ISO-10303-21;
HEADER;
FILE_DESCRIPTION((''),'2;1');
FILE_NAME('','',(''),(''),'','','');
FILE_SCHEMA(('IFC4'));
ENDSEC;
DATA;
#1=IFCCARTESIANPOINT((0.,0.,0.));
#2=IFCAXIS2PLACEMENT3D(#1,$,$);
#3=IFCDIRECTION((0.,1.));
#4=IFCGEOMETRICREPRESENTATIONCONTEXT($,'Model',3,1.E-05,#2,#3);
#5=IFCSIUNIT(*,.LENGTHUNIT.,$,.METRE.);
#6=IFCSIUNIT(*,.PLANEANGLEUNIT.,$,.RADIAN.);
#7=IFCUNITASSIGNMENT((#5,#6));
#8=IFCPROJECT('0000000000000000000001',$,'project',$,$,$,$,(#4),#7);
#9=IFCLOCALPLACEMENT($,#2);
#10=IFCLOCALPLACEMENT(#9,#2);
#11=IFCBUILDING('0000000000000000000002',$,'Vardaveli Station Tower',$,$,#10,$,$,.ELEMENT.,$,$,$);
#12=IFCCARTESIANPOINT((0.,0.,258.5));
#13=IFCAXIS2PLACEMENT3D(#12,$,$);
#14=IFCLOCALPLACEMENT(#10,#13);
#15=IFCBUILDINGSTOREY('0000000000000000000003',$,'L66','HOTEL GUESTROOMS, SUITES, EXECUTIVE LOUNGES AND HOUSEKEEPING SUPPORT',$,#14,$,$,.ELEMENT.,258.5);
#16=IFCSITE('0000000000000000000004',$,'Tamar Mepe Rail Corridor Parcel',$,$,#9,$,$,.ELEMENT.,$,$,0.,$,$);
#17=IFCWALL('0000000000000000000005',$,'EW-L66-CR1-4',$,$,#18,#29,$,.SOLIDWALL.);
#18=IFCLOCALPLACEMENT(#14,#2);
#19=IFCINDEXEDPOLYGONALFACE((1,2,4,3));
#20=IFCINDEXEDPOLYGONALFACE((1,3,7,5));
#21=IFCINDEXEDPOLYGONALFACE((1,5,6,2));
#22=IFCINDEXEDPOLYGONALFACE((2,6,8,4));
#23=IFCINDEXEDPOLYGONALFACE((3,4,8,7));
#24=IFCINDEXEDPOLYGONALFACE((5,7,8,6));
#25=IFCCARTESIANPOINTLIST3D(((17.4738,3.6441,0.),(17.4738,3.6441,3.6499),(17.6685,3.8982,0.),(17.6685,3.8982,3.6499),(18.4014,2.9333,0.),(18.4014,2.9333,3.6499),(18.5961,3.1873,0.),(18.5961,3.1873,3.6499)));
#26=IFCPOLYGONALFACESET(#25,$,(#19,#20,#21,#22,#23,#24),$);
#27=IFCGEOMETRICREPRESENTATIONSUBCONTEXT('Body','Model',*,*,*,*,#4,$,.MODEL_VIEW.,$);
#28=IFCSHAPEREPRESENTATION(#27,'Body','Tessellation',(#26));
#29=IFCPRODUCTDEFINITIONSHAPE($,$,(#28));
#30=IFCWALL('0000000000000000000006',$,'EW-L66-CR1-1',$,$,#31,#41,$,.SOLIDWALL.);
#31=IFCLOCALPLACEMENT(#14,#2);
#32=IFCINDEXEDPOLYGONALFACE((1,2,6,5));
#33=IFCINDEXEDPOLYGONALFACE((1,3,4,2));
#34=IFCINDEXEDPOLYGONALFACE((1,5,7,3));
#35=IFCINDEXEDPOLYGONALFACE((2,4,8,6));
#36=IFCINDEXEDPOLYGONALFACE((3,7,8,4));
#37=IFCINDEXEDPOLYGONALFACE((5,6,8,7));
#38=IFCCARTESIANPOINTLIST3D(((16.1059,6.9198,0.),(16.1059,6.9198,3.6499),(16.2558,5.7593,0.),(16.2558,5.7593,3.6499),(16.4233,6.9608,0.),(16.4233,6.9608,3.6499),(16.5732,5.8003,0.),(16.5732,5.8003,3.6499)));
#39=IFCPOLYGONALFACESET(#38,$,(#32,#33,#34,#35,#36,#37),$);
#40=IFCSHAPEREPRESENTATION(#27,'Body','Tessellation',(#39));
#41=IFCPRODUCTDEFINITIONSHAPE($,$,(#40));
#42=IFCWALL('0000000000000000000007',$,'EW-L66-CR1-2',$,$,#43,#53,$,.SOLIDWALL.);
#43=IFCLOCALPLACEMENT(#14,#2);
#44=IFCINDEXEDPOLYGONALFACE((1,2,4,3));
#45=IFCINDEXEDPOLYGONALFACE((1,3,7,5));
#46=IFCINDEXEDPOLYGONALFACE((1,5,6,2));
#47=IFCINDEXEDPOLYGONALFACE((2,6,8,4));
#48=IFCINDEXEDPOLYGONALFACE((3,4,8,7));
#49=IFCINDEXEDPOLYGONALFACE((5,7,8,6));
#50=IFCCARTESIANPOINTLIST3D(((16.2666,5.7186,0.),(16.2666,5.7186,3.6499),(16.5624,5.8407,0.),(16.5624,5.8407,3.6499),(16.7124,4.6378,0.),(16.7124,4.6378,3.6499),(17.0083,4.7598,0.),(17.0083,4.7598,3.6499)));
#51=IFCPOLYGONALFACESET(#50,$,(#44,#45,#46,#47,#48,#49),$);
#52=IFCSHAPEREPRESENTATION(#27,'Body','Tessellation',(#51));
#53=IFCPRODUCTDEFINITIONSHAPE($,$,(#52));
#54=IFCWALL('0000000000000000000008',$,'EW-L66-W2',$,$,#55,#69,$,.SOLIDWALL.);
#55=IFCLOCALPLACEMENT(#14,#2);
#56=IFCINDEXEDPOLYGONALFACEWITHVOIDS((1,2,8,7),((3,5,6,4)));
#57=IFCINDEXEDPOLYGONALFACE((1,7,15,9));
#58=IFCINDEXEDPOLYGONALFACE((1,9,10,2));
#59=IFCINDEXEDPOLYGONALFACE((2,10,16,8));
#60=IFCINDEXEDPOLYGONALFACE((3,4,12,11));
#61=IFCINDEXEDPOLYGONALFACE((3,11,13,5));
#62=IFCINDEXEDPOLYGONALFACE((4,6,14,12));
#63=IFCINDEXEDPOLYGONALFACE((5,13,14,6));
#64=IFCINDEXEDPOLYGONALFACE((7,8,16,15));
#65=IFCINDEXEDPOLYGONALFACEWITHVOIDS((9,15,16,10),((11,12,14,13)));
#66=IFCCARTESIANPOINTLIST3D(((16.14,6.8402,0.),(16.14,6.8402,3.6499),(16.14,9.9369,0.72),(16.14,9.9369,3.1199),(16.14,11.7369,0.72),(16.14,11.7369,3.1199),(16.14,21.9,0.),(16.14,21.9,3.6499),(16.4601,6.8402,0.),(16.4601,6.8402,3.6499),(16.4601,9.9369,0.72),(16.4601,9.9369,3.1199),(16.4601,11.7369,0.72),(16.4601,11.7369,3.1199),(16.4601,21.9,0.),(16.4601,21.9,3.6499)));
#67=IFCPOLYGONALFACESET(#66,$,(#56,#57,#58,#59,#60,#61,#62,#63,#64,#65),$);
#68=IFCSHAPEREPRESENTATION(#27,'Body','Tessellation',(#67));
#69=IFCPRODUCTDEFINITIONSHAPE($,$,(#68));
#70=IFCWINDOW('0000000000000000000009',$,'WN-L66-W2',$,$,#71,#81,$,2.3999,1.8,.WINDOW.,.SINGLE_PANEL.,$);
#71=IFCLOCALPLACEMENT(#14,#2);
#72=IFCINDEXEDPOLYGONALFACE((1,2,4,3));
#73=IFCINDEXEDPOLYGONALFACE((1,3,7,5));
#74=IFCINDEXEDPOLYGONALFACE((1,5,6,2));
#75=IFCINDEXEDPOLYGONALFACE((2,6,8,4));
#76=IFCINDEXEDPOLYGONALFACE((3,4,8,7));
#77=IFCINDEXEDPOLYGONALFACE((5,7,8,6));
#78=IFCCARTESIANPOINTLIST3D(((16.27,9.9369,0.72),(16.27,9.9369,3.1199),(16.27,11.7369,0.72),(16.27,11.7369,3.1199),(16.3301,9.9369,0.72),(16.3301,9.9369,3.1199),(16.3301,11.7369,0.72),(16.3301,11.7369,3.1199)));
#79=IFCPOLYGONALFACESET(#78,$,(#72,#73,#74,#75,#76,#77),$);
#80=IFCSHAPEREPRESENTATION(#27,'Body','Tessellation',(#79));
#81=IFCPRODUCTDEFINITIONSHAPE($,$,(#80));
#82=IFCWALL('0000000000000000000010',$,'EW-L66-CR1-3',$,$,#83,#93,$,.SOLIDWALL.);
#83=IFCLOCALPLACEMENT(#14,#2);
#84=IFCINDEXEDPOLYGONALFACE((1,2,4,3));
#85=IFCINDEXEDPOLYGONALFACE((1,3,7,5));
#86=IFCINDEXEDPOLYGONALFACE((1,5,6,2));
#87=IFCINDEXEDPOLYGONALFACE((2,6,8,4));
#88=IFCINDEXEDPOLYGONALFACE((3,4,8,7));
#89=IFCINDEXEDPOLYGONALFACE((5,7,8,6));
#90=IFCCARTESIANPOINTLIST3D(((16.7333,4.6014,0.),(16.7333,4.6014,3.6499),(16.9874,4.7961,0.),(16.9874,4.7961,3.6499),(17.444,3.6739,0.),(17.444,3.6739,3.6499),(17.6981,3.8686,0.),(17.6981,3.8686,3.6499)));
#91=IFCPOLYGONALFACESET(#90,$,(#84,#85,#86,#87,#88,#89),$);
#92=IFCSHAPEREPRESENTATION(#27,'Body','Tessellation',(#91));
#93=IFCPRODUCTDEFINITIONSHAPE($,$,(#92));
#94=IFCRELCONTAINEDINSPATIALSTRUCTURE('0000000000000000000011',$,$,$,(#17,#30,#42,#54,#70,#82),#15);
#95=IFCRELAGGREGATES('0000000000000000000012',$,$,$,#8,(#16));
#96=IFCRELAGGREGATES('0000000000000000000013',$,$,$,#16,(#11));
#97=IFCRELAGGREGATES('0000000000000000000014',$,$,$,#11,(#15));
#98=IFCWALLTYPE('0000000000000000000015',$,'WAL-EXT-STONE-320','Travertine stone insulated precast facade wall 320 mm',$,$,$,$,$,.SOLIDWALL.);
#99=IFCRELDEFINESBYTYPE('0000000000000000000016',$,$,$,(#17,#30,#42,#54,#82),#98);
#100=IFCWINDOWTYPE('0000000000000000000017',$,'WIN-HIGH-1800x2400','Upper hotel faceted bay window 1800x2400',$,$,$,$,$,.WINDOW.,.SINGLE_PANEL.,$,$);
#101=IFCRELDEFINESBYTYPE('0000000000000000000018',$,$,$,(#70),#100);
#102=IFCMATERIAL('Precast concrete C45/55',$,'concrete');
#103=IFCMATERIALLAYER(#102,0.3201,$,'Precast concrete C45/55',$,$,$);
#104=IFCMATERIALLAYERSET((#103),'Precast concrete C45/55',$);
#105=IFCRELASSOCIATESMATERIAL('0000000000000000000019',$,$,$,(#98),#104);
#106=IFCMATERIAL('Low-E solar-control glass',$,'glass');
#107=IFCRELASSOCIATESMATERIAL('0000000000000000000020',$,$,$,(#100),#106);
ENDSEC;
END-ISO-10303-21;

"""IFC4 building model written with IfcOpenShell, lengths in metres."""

from ifc_helpers import new_model, si_unit, direction, frame, frame_2d, origin, place, context, subcontext, project, spatial, rectangle, extrude, source, transform, mapped, material, layer, layer_set, type_object, element, fill, save


model = new_model("IFC4")

# Units and contexts
model_context = context("Model", 3, precision=1e-05, world=origin(), true_north=direction((0.0, 1.0)))
body_context = subcontext(model_context, "Body", "Model", "MODEL_VIEW")
ifc_project = project(units=[si_unit("LENGTHUNIT", "METRE"), si_unit("PLANEANGLEUNIT", "RADIAN")], contexts=[model_context])

# Site, building, storey
site_placement = place(None, origin())
site = spatial("IfcSite", under=ifc_project, at=site_placement, Name="Tamar Mepe Rail Corridor Parcel", CompositionType="ELEMENT", RefElevation=0.0)
building_placement = place(site_placement, origin())
building = spatial("IfcBuilding", under=site, at=building_placement, Name="Vardaveli Station Tower", CompositionType="ELEMENT")
storey_placement = place(building_placement, frame((0.0, 0.0, 258.5)))
storey = spatial("IfcBuildingStorey", under=building, at=storey_placement, Name="L66", Description="HOTEL GUESTROOMS, SUITES, EXECUTIVE LOUNGES AND HOUSEKEEPING SUPPORT", CompositionType="ELEMENT", Elevation=258.5)

# Shared definitions
ifc_material_1 = material(Name="Precast concrete C45/55", Category="concrete")

# Walls
ifc_layer_1 = layer(ifc_material_1, 0.3201, Name="Precast concrete C45/55")
ifc_layer_set_1 = layer_set([ifc_layer_1], Name="Precast concrete C45/55")
wall_type_1 = type_object("IfcWallType", Name="WAL-EXT-STONE-320", Description="Travertine stone insulated precast facade wall 320 mm", PredefinedType="SOLIDWALL", material=ifc_layer_set_1)
shared_shape_1 = source(origin(), body_context, "Body", "SweptSolid", [
    extrude(rectangle(XDim=1.1687, YDim=0.3201, at=frame_2d((0.5845, 0.0))), origin(), (0.0, 0.0, 1.0), 3.6499),
])
wall_1_placement = place(storey_placement, frame((17.571, 3.7712, 0.0), z_axis=(0.0, 0.0, 1.0), x_axis=(0.793741, -0.608256, 0.0)))
element("IfcWall", 1, at=wall_1_placement, inside=storey, type_object=wall_type_1, Name="EW-L66-CR1-4", PredefinedType="SOLIDWALL", context=body_context, shape_type="MappedRepresentation", body=[
    mapped(shared_shape_1, transform((0.0, 0.0, 0.0), scale=1.0)),
])
shared_shape_2 = source(origin(), body_context, "Body", "SweptSolid", [
    extrude(rectangle(XDim=1.1702, YDim=0.3201, at=frame_2d((0.585, 0.0))), origin(), (0.0, 0.0, 1.0), 3.6499),
])
wall_2_placement = place(storey_placement, frame((16.2646, 6.9402, 0.0), z_axis=(0.0, 0.0, 1.0), x_axis=(0.12809, -0.991762, 0.0)))
element("IfcWall", 2, at=wall_2_placement, inside=storey, type_object=wall_type_1, Name="EW-L66-CR1-1", PredefinedType="SOLIDWALL", context=body_context, shape_type="MappedRepresentation", body=[
    mapped(shared_shape_2, transform((0.0, 0.0, 0.0), scale=1.0)),
])
shared_shape_3 = source(origin(), body_context, "Body", "SweptSolid", [
    extrude(rectangle(XDim=1.1692, YDim=0.3201, at=frame_2d((0.5845, 0.0))), origin(), (0.0, 0.0, 1.0), 3.6499),
])
wall_3_placement = place(storey_placement, frame((16.4146, 5.7795, 0.0), z_axis=(0.0, 0.0, 1.0), x_axis=(0.381306, -0.924449, 0.0)))
element("IfcWall", 3, at=wall_3_placement, inside=storey, type_object=wall_type_1, Name="EW-L66-CR1-2", PredefinedType="SOLIDWALL", context=body_context, shape_type="MappedRepresentation", body=[
    mapped(shared_shape_3, transform((0.0, 0.0, 0.0), scale=1.0)),
])

# Wall, opening, window
shared_shape_4 = source(origin(), body_context, "Body", "SweptSolid", [
    extrude(rectangle(XDim=15.0598, YDim=0.3201, at=frame_2d((7.5298, 0.0))), origin(), (0.0, 0.0, 1.0), 3.6499),
])
wall_4_placement = place(storey_placement, frame((16.3, 21.8999, 0.0), z_axis=(0.0, 0.0, 1.0), x_axis=(0.0, -1.0, 0.0)))
wall_4 = element("IfcWall", 4, at=wall_4_placement, inside=storey, type_object=wall_type_1, Name="EW-L66-W2", PredefinedType="SOLIDWALL", context=body_context, shape_type="MappedRepresentation", body=[
    mapped(shared_shape_4, transform((0.0, 0.0, 0.0), scale=1.0)),
])
shared_shape_5 = source(origin(), body_context, "Body", "SweptSolid", [
    extrude(rectangle(XDim=1.8, YDim=2.3999, at=frame_2d((0.8999, 1.2))), frame((0.0, 0.1699, 0.0), z_axis=(0.0, -1.0, 0.0), x_axis=(1.0, 0.0, 0.0)), (0.0, 0.0, 1.0), 0.3401),
])
opening_1_placement = place(wall_4_placement, frame((10.1631, 0.0, 0.72)))
opening_1 = element("IfcOpeningElement", 5, at=opening_1_placement, cuts=wall_4, PredefinedType="OPENING", context=body_context, shape_type="MappedRepresentation", body=[
    mapped(shared_shape_5, transform((0.0, 0.0, 0.0), scale=1.0)),
])
ifc_material_2 = material(Name="Low-E solar-control glass", Category="glass")
window_type = type_object("IfcWindowType", Name="WIN-HIGH-1800x2400", Description="Upper hotel faceted bay window 1800x2400", PartitioningType="SINGLE_PANEL", PredefinedType="WINDOW", material=ifc_material_2)
shared_shape_6 = source(origin(), body_context, "Body", "SweptSolid", [
    extrude(rectangle(XDim=1.8, YDim=2.3999, at=frame_2d((0.8999, 1.2))), frame((0.0, 0.03, 0.0), z_axis=(0.0, -1.0, 0.0), x_axis=(1.0, 0.0, 0.0)), (0.0, 0.0, 1.0), 0.0601),
])
window_placement = place(opening_1_placement, origin())
window = element("IfcWindow", 6, at=window_placement, inside=storey, type_object=window_type, Name="WN-L66-W2", OverallHeight=2.3999, OverallWidth=1.8, PartitioningType="SINGLE_PANEL", PredefinedType="WINDOW", context=body_context, shape_type="MappedRepresentation", body=[
    mapped(shared_shape_6, transform((0.0, 0.0, 0.0), scale=1.0)),
])
fill(opening_1, window)

# Wall
shared_shape_7 = source(origin(), body_context, "Body", "SweptSolid", [
    extrude(rectangle(XDim=1.1685, YDim=0.3201, at=frame_2d((0.5842, 0.0))), origin(), (0.0, 0.0, 1.0), 3.6499),
])
wall_5_placement = place(storey_placement, frame((16.8604, 4.6987, 0.0), z_axis=(0.0, 0.0, 1.0), x_axis=(0.608225, -0.793764, 0.0)))
element("IfcWall", 7, at=wall_5_placement, inside=storey, type_object=wall_type_1, Name="EW-L66-CR1-3", PredefinedType="SOLIDWALL", context=body_context, shape_type="MappedRepresentation", body=[
    mapped(shared_shape_7, transform((0.0, 0.0, 0.0), scale=1.0)),
])

save(model, "model.ifc")
